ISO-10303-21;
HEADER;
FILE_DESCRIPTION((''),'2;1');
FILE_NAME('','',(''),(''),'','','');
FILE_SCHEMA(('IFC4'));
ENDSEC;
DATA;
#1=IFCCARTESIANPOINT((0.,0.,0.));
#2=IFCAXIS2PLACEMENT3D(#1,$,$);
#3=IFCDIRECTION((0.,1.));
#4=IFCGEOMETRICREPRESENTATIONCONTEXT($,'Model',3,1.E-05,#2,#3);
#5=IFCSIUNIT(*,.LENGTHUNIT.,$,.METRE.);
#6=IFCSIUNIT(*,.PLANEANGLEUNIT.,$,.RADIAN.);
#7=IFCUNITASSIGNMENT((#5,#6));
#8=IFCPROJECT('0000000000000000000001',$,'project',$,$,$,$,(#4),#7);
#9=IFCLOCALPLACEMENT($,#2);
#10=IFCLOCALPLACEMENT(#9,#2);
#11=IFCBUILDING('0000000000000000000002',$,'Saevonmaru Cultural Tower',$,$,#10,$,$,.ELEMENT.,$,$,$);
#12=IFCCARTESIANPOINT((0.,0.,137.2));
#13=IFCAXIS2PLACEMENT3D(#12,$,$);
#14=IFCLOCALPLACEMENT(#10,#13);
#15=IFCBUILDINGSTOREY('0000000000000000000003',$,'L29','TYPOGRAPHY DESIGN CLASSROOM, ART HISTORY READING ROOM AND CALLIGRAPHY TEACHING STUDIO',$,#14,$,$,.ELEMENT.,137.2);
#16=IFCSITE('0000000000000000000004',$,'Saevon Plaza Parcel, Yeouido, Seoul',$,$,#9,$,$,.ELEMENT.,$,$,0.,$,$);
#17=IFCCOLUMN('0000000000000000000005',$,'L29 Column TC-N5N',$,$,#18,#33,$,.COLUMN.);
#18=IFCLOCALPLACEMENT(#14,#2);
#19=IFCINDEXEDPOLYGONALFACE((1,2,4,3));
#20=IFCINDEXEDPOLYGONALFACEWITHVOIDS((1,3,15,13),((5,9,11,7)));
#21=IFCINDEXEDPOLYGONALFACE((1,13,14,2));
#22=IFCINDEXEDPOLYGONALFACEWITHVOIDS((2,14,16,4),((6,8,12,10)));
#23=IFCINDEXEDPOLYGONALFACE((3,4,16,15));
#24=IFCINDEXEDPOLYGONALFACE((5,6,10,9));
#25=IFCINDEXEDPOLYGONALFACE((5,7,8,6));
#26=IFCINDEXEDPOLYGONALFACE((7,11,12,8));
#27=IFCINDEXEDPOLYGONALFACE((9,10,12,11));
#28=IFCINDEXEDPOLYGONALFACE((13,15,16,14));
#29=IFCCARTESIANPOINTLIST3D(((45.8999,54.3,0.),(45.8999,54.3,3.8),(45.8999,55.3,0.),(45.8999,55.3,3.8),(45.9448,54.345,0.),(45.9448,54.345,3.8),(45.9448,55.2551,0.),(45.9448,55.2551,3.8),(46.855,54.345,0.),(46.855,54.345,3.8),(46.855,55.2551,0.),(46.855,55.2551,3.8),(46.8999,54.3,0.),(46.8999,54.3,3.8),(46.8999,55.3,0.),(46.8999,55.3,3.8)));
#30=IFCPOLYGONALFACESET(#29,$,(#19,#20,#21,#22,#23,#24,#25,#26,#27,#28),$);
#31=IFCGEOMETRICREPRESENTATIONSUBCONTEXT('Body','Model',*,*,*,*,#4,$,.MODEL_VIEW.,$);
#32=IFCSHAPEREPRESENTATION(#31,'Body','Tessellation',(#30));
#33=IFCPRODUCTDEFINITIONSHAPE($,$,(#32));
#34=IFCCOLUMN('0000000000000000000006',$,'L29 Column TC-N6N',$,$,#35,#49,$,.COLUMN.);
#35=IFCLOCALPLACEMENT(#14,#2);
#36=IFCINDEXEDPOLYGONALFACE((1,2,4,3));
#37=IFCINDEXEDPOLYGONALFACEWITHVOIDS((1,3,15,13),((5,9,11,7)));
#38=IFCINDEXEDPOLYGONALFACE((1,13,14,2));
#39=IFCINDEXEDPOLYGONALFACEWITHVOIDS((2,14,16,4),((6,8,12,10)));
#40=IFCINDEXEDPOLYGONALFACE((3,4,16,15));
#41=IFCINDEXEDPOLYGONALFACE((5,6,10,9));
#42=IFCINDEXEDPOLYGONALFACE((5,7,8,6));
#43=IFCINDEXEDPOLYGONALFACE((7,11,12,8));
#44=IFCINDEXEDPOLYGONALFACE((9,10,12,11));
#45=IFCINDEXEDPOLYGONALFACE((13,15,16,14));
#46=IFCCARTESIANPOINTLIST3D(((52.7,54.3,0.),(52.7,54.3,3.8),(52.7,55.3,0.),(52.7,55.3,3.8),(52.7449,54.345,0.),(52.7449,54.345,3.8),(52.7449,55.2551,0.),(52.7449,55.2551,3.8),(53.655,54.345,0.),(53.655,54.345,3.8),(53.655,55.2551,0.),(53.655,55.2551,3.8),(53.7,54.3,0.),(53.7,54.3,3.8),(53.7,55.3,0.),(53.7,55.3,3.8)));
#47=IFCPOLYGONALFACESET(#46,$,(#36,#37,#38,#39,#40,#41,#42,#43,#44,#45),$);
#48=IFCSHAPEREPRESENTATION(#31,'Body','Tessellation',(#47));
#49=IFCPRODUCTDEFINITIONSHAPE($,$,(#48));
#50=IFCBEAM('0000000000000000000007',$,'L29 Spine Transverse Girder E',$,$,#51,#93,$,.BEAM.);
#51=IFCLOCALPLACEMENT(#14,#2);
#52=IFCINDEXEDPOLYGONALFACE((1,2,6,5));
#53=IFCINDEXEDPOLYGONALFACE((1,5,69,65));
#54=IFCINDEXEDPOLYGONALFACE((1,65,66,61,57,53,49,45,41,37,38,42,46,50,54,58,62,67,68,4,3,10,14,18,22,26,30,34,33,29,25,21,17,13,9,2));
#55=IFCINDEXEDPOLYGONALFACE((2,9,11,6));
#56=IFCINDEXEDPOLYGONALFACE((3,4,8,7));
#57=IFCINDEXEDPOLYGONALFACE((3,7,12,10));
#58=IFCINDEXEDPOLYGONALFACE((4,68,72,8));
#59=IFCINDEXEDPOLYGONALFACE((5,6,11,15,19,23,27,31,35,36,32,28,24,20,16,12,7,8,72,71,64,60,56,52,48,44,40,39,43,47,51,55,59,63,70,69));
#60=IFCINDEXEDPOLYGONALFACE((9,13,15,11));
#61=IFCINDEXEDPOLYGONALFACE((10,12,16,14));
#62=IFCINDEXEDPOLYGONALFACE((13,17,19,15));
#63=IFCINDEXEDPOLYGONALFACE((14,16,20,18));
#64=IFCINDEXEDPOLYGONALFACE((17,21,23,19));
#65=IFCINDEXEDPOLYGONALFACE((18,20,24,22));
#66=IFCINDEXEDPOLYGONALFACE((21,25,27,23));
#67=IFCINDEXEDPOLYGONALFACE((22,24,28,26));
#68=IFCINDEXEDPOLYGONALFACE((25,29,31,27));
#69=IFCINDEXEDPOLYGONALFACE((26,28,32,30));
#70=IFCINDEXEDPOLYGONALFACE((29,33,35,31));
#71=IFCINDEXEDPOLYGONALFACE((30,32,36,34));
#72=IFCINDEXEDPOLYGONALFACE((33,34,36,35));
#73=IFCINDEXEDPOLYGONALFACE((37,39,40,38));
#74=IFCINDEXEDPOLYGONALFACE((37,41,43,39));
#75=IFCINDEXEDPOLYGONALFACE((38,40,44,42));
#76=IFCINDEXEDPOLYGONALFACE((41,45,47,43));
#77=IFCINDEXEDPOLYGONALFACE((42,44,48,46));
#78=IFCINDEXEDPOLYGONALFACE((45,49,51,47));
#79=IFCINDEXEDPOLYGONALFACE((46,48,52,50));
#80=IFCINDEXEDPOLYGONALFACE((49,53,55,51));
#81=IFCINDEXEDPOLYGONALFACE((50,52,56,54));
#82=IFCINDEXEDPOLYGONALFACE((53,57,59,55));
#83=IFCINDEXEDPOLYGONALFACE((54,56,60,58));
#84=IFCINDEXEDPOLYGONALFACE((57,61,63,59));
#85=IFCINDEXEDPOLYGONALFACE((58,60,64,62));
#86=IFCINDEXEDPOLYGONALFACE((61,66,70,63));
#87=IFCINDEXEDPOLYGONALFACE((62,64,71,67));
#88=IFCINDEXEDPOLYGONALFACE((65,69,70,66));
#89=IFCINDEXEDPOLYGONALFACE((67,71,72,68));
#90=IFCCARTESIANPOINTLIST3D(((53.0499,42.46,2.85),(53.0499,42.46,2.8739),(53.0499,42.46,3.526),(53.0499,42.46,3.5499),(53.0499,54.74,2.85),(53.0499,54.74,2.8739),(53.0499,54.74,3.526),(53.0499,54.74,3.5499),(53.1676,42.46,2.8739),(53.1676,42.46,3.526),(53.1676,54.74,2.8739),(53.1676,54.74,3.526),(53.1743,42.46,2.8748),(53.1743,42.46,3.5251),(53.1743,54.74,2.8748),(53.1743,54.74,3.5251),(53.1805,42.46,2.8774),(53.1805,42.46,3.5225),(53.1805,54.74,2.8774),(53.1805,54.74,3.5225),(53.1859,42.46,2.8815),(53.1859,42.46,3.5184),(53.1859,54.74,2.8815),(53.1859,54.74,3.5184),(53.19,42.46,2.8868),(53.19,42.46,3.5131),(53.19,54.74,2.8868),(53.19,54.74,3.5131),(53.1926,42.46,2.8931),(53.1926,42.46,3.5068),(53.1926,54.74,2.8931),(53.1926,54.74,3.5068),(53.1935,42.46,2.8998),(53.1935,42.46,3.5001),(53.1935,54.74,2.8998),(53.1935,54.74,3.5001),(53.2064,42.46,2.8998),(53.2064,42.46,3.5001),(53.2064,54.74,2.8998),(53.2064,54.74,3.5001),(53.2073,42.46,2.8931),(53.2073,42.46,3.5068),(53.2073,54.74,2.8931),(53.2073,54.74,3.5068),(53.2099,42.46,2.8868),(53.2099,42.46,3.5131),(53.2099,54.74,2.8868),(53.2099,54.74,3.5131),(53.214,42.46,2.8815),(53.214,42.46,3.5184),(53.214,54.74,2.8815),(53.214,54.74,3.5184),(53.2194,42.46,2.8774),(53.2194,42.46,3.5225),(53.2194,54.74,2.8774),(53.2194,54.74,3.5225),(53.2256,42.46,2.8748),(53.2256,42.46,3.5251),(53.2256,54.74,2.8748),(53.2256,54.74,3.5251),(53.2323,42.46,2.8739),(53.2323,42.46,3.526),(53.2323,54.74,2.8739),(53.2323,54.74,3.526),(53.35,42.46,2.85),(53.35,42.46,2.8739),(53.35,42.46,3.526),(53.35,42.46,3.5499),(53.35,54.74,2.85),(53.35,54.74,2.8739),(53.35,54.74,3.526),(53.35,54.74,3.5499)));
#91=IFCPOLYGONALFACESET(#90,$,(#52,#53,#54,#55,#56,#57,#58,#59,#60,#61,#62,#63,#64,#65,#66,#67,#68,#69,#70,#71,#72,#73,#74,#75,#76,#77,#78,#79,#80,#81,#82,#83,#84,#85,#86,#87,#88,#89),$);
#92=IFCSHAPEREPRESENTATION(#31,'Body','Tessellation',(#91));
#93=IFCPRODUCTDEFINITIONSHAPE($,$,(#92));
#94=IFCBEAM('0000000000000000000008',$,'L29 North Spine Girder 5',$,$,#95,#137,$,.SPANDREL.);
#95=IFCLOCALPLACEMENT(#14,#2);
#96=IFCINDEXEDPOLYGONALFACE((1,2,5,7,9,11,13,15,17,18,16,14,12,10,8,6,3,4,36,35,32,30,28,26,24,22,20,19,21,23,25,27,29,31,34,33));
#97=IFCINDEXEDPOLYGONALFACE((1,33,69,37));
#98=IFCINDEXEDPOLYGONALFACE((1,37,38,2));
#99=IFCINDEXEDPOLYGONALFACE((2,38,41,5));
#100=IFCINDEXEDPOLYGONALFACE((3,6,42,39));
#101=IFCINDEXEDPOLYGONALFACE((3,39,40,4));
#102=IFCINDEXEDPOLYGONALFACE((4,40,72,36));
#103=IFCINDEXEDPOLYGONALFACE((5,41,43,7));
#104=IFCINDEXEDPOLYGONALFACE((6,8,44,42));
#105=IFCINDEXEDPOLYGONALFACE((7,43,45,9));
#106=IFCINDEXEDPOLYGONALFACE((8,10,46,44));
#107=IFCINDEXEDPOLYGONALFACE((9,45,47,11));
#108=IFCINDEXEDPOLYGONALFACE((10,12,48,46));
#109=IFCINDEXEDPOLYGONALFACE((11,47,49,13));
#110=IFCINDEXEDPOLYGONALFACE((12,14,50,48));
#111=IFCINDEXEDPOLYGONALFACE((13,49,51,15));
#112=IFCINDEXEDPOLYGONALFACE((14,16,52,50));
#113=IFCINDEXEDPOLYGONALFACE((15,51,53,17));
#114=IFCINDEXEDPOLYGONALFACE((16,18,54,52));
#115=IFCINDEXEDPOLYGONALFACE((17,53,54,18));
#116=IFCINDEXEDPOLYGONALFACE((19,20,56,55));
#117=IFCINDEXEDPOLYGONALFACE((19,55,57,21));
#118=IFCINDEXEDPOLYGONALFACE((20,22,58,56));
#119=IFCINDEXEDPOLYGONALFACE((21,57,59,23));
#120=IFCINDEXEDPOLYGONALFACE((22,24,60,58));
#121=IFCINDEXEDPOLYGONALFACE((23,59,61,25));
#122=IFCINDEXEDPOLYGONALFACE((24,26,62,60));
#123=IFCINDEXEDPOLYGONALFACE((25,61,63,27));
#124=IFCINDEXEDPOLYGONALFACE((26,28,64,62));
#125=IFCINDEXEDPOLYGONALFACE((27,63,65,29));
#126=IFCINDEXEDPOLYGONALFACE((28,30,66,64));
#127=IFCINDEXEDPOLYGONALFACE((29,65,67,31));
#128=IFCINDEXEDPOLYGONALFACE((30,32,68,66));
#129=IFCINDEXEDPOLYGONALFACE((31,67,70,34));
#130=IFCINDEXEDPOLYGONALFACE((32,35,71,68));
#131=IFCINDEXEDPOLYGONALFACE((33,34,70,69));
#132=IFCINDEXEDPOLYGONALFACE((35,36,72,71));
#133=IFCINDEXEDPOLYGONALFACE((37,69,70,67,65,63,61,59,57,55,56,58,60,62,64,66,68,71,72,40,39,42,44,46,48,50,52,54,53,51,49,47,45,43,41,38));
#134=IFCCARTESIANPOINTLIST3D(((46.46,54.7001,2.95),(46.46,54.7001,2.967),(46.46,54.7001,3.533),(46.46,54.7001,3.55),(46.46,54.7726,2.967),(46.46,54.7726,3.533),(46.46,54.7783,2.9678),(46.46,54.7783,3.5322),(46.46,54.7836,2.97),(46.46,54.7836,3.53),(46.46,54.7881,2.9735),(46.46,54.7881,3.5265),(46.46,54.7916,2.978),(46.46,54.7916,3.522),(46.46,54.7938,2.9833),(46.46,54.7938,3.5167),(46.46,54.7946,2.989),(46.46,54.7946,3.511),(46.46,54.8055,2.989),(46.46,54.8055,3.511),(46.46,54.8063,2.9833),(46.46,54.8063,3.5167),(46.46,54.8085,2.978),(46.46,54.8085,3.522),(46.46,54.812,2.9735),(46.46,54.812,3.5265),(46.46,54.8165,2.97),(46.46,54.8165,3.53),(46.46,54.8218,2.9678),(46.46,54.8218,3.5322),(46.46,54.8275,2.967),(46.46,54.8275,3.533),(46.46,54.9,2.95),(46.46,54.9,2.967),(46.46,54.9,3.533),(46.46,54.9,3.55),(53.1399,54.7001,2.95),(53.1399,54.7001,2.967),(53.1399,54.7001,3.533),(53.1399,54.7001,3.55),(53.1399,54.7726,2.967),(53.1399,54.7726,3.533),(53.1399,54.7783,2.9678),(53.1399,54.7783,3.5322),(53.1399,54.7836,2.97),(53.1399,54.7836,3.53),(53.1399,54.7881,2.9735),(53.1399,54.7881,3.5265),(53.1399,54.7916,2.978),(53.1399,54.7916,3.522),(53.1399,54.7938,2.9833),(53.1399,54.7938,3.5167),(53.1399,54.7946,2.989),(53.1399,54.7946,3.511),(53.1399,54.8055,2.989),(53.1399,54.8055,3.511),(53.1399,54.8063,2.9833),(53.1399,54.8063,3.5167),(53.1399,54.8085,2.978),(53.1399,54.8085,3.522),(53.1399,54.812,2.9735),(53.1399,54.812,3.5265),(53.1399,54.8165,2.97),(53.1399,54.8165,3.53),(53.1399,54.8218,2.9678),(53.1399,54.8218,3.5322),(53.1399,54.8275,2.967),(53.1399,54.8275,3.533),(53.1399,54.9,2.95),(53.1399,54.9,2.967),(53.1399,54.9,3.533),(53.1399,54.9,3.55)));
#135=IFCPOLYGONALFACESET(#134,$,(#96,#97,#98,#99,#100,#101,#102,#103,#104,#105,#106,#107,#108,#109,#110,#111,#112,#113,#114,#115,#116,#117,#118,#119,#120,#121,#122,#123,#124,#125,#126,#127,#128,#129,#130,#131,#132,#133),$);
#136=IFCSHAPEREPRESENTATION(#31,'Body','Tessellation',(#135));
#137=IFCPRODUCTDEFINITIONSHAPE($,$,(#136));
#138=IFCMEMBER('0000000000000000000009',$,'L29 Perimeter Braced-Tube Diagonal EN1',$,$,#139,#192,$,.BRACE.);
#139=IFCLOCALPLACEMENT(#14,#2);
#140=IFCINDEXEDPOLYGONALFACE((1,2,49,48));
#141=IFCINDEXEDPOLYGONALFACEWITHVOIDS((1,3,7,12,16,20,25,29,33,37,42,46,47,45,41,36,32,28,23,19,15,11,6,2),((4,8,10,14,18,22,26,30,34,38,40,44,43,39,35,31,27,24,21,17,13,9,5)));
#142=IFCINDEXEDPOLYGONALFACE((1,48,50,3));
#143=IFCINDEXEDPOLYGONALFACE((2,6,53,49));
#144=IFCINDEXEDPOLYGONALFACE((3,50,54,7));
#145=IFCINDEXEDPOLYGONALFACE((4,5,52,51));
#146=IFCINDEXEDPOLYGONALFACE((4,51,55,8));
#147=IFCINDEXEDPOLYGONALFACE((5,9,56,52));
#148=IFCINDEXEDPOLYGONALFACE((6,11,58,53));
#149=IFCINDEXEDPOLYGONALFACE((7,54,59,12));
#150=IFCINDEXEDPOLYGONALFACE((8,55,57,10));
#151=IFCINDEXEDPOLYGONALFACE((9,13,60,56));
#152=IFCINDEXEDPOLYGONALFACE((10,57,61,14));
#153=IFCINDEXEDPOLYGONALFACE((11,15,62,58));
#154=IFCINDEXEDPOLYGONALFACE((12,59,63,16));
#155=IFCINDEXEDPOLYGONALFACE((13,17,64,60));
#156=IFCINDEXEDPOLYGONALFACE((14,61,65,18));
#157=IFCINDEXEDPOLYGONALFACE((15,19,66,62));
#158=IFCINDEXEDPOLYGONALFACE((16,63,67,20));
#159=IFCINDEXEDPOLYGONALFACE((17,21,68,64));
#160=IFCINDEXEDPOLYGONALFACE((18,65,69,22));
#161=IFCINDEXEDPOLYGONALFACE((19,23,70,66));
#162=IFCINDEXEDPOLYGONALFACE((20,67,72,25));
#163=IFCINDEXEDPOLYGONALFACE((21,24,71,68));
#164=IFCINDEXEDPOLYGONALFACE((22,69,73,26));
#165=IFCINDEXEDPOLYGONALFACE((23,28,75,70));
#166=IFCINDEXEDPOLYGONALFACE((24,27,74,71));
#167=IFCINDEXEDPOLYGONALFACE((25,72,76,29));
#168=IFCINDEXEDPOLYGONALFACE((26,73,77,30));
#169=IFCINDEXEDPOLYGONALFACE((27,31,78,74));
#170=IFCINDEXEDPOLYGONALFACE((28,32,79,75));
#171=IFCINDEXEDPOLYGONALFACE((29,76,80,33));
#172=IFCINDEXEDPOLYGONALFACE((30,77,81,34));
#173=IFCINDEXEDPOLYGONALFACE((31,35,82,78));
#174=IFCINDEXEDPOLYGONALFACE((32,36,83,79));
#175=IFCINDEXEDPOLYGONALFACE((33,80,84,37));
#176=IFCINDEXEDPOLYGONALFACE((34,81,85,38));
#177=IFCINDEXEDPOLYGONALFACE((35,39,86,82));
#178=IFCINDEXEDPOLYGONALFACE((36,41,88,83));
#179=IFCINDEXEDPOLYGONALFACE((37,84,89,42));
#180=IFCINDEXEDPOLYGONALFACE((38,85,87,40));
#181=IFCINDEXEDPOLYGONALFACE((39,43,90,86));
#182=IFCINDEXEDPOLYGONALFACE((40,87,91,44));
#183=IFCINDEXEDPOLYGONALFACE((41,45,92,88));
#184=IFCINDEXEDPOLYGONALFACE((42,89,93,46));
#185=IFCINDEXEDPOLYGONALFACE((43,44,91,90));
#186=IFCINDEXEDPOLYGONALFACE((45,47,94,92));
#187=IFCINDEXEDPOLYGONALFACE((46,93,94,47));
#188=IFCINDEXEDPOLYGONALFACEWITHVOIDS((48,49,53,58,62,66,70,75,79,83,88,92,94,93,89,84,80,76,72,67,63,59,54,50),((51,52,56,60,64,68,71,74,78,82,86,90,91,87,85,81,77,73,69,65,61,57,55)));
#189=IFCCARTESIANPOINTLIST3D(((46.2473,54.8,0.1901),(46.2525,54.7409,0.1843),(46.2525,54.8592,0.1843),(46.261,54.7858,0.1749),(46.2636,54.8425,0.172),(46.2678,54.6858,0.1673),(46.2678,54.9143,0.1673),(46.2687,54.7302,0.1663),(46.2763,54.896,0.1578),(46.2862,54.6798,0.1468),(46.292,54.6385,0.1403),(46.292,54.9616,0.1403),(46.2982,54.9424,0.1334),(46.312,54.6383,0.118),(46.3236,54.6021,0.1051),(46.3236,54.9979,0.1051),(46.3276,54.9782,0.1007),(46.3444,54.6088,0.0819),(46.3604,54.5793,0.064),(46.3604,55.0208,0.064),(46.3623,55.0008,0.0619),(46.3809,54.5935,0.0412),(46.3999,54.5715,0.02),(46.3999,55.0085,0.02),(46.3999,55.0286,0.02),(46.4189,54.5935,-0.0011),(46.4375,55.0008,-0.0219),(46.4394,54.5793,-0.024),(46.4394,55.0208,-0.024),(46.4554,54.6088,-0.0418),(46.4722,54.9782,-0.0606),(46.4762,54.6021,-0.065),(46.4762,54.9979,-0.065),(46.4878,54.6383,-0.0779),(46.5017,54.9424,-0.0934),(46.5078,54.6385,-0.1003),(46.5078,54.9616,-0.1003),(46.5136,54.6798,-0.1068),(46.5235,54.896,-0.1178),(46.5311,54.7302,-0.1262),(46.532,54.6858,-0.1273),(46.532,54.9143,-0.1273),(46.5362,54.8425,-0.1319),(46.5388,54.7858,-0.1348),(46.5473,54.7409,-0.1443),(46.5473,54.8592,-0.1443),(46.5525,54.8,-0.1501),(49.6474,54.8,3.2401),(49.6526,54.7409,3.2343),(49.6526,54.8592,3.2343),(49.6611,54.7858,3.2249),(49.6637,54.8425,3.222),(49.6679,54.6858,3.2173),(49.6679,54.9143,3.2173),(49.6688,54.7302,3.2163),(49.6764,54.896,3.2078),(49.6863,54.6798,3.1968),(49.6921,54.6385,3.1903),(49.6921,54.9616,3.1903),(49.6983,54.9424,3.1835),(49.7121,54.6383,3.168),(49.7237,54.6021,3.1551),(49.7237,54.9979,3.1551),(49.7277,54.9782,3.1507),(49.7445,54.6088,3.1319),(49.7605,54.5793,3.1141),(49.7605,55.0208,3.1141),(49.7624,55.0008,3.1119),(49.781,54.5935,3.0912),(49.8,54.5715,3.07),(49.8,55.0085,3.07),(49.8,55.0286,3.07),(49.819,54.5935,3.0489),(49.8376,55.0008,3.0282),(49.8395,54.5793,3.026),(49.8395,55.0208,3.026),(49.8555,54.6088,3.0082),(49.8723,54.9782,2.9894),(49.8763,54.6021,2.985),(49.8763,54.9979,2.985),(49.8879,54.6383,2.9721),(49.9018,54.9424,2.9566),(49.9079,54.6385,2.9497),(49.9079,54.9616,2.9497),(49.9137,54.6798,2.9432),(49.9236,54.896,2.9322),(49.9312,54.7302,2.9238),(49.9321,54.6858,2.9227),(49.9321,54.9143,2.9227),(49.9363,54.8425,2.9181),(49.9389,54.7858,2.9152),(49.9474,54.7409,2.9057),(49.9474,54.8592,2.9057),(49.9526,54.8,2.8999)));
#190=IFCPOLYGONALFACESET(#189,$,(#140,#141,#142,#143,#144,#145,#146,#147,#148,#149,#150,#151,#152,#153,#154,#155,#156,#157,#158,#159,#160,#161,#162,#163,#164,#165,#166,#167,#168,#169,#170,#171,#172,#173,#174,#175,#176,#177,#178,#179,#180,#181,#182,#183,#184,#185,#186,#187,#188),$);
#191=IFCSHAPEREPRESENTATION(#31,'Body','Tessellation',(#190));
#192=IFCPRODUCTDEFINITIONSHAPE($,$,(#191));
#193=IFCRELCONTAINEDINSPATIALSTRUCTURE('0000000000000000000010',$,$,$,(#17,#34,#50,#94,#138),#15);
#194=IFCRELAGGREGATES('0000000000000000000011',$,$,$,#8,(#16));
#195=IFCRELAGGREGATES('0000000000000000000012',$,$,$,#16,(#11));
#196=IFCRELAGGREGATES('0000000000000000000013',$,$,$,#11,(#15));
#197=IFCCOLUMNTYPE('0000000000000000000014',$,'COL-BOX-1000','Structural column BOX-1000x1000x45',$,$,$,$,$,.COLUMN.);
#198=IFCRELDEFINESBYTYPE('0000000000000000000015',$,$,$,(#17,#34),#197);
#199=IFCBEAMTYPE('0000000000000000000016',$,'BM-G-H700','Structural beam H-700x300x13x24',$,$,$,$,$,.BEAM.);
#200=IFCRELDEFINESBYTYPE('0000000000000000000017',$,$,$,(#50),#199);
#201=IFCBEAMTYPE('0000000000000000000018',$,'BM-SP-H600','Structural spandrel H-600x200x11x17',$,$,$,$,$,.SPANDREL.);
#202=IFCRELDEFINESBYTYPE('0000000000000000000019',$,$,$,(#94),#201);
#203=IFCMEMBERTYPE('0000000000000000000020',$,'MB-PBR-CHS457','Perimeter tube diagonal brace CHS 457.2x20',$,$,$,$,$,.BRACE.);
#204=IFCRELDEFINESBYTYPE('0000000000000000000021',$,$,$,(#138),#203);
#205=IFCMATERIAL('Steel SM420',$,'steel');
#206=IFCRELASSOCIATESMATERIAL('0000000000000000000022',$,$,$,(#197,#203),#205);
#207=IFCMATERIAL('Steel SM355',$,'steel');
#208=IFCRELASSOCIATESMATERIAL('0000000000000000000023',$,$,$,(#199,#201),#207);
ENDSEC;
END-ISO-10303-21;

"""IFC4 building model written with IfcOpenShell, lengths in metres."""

from ifc_helpers import new_model, si_unit, direction, frame, origin, origin_2d, place, context, subcontext, project, spatial, hollow_rectangle, hollow_circle, i_section, extrude, material, material_profile, profile_set, type_object, element, save


model = new_model("IFC4")

# Units and contexts
model_context = context("Model", 3, precision=1e-05, world=origin(), true_north=direction((0.0, 1.0)))
body_context = subcontext(model_context, "Body", "Model", "MODEL_VIEW")
ifc_project = project(units=[si_unit("LENGTHUNIT", "METRE"), si_unit("PLANEANGLEUNIT", "RADIAN")], contexts=[model_context])

# Site, building, storey
site_placement = place(None, origin())
site = spatial("IfcSite", under=ifc_project, at=site_placement, Name="Saevon Plaza Parcel, Yeouido, Seoul", CompositionType="ELEMENT", RefElevation=0.0)
building_placement = place(site_placement, origin())
building = spatial("IfcBuilding", under=site, at=building_placement, Name="Saevonmaru Cultural Tower", CompositionType="ELEMENT")
storey_placement = place(building_placement, frame((0.0, 0.0, 137.2)))
storey = spatial("IfcBuildingStorey", under=building, at=storey_placement, Name="L29", Description="TYPOGRAPHY DESIGN CLASSROOM, ART HISTORY READING ROOM AND CALLIGRAPHY TEACHING STUDIO", CompositionType="ELEMENT", Elevation=137.2)

# Columns
ifc_material_1 = material(Name="Steel SM420", Category="steel")
ifc_material_profile_1 = material_profile(ifc_material_1, hollow_rectangle(XDim=1.0, YDim=1.0, WallThickness=0.0449, at=origin_2d()), Name="BOX-1000x1000x45")
ifc_profile_set_1 = profile_set([ifc_material_profile_1], Name="Steel SM420")
column_type = type_object("IfcColumnType", Name="COL-BOX-1000", Description="Structural column BOX-1000x1000x45", PredefinedType="COLUMN", material=ifc_profile_set_1)
for number, where, z_axis, x_axis, name in (
    (1, (46.3999, 54.8, 0.0), (0.0, 0.0, 1.0), (1.0, 0.0, 0.0), "L29 Column TC-N5N"),
    (2, (53.2, 54.8, 0.0), (0.0, 0.0, 1.0), (1.0, 0.0, 0.0), "L29 Column TC-N6N"),
):
    element("IfcColumn", number, at=place(storey_placement, frame(where, z_axis=z_axis, x_axis=x_axis)), inside=storey, type_object=column_type, Name=name, PredefinedType="COLUMN", context=body_context, shape_type="SweptSolid", body=[
        extrude(hollow_rectangle(XDim=1.0, YDim=1.0, WallThickness=0.0449, at=origin_2d()), origin(), (0.0, 0.0, 1.0), 3.8),
    ])

# Beams
ifc_material_2 = material(Name="Steel SM355", Category="steel")
ifc_material_profile_2 = material_profile(ifc_material_2, i_section(OverallWidth=0.3, OverallDepth=0.7, WebThickness=0.0129, FlangeThickness=0.0239, FilletRadius=0.0259, at=origin_2d()), Name="H-700x300x13x24")
ifc_profile_set_2 = profile_set([ifc_material_profile_2], Name="Steel SM355")
beam_type_1 = type_object("IfcBeamType", Name="BM-G-H700", Description="Structural beam H-700x300x13x24", PredefinedType="BEAM", material=ifc_profile_set_2)
beam_1_placement = place(storey_placement, frame((53.2, 54.74, 3.2), z_axis=(0.0, -1.0, 0.0), x_axis=(1.0, 0.0, 0.0)))
element("IfcBeam", 3, at=beam_1_placement, inside=storey, type_object=beam_type_1, Name="L29 Spine Transverse Girder E", PredefinedType="BEAM", context=body_context, shape_type="SweptSolid", body=[
    extrude(i_section(OverallWidth=0.3, OverallDepth=0.7, WebThickness=0.0129, FlangeThickness=0.0239, FilletRadius=0.0259, at=origin_2d()), origin(), (0.0, 0.0, 1.0), 12.28),
])
ifc_material_profile_3 = material_profile(ifc_material_2, i_section(OverallWidth=0.2, OverallDepth=0.6001, WebThickness=0.011, FlangeThickness=0.0171, FilletRadius=0.022, at=origin_2d()), Name="H-600x200x11x17")
ifc_profile_set_3 = profile_set([ifc_material_profile_3], Name="Steel SM355")
beam_type_2 = type_object("IfcBeamType", Name="BM-SP-H600", Description="Structural spandrel H-600x200x11x17", PredefinedType="SPANDREL", material=ifc_profile_set_3)
beam_2_placement = place(storey_placement, frame((46.46, 54.8, 3.25), z_axis=(1.0, 0.0, 0.0), x_axis=(0.0, 1.0, 0.0)))
element("IfcBeam", 4, at=beam_2_placement, inside=storey, type_object=beam_type_2, Name="L29 North Spine Girder 5", PredefinedType="SPANDREL", context=body_context, shape_type="SweptSolid", body=[
    extrude(i_section(OverallWidth=0.2, OverallDepth=0.6001, WebThickness=0.011, FlangeThickness=0.0171, FilletRadius=0.022, at=origin_2d()), origin(), (0.0, 0.0, 1.0), 6.6799),
])

# Member
ifc_material_profile_4 = material_profile(ifc_material_1, hollow_circle(Radius=0.2285, WallThickness=0.02, at=origin_2d()), Name="CHS-457.2x20")
ifc_profile_set_4 = profile_set([ifc_material_profile_4], Name="Steel SM420")
member_type_1 = type_object("IfcMemberType", Name="MB-PBR-CHS457", Description="Perimeter tube diagonal brace CHS 457.2x20", PredefinedType="BRACE", material=ifc_profile_set_4)
for number, where, z_axis, x_axis, name in (
    (5, (46.3999, 54.8, 0.02), (0.744391, 0.0, 0.667744), (0.0, 1.0, 0.0), "L29 Perimeter Braced-Tube Diagonal EN1"),
):
    element("IfcMember", number, at=place(storey_placement, frame(where, z_axis=z_axis, x_axis=x_axis)), inside=storey, type_object=member_type_1, Name=name, PredefinedType="BRACE", context=body_context, shape_type="SweptSolid", body=[
        extrude(hollow_circle(Radius=0.2285, WallThickness=0.02, at=origin_2d()), origin(), (0.0, 0.0, 1.0), 4.5676),
    ])

save(model, "model.ifc")
